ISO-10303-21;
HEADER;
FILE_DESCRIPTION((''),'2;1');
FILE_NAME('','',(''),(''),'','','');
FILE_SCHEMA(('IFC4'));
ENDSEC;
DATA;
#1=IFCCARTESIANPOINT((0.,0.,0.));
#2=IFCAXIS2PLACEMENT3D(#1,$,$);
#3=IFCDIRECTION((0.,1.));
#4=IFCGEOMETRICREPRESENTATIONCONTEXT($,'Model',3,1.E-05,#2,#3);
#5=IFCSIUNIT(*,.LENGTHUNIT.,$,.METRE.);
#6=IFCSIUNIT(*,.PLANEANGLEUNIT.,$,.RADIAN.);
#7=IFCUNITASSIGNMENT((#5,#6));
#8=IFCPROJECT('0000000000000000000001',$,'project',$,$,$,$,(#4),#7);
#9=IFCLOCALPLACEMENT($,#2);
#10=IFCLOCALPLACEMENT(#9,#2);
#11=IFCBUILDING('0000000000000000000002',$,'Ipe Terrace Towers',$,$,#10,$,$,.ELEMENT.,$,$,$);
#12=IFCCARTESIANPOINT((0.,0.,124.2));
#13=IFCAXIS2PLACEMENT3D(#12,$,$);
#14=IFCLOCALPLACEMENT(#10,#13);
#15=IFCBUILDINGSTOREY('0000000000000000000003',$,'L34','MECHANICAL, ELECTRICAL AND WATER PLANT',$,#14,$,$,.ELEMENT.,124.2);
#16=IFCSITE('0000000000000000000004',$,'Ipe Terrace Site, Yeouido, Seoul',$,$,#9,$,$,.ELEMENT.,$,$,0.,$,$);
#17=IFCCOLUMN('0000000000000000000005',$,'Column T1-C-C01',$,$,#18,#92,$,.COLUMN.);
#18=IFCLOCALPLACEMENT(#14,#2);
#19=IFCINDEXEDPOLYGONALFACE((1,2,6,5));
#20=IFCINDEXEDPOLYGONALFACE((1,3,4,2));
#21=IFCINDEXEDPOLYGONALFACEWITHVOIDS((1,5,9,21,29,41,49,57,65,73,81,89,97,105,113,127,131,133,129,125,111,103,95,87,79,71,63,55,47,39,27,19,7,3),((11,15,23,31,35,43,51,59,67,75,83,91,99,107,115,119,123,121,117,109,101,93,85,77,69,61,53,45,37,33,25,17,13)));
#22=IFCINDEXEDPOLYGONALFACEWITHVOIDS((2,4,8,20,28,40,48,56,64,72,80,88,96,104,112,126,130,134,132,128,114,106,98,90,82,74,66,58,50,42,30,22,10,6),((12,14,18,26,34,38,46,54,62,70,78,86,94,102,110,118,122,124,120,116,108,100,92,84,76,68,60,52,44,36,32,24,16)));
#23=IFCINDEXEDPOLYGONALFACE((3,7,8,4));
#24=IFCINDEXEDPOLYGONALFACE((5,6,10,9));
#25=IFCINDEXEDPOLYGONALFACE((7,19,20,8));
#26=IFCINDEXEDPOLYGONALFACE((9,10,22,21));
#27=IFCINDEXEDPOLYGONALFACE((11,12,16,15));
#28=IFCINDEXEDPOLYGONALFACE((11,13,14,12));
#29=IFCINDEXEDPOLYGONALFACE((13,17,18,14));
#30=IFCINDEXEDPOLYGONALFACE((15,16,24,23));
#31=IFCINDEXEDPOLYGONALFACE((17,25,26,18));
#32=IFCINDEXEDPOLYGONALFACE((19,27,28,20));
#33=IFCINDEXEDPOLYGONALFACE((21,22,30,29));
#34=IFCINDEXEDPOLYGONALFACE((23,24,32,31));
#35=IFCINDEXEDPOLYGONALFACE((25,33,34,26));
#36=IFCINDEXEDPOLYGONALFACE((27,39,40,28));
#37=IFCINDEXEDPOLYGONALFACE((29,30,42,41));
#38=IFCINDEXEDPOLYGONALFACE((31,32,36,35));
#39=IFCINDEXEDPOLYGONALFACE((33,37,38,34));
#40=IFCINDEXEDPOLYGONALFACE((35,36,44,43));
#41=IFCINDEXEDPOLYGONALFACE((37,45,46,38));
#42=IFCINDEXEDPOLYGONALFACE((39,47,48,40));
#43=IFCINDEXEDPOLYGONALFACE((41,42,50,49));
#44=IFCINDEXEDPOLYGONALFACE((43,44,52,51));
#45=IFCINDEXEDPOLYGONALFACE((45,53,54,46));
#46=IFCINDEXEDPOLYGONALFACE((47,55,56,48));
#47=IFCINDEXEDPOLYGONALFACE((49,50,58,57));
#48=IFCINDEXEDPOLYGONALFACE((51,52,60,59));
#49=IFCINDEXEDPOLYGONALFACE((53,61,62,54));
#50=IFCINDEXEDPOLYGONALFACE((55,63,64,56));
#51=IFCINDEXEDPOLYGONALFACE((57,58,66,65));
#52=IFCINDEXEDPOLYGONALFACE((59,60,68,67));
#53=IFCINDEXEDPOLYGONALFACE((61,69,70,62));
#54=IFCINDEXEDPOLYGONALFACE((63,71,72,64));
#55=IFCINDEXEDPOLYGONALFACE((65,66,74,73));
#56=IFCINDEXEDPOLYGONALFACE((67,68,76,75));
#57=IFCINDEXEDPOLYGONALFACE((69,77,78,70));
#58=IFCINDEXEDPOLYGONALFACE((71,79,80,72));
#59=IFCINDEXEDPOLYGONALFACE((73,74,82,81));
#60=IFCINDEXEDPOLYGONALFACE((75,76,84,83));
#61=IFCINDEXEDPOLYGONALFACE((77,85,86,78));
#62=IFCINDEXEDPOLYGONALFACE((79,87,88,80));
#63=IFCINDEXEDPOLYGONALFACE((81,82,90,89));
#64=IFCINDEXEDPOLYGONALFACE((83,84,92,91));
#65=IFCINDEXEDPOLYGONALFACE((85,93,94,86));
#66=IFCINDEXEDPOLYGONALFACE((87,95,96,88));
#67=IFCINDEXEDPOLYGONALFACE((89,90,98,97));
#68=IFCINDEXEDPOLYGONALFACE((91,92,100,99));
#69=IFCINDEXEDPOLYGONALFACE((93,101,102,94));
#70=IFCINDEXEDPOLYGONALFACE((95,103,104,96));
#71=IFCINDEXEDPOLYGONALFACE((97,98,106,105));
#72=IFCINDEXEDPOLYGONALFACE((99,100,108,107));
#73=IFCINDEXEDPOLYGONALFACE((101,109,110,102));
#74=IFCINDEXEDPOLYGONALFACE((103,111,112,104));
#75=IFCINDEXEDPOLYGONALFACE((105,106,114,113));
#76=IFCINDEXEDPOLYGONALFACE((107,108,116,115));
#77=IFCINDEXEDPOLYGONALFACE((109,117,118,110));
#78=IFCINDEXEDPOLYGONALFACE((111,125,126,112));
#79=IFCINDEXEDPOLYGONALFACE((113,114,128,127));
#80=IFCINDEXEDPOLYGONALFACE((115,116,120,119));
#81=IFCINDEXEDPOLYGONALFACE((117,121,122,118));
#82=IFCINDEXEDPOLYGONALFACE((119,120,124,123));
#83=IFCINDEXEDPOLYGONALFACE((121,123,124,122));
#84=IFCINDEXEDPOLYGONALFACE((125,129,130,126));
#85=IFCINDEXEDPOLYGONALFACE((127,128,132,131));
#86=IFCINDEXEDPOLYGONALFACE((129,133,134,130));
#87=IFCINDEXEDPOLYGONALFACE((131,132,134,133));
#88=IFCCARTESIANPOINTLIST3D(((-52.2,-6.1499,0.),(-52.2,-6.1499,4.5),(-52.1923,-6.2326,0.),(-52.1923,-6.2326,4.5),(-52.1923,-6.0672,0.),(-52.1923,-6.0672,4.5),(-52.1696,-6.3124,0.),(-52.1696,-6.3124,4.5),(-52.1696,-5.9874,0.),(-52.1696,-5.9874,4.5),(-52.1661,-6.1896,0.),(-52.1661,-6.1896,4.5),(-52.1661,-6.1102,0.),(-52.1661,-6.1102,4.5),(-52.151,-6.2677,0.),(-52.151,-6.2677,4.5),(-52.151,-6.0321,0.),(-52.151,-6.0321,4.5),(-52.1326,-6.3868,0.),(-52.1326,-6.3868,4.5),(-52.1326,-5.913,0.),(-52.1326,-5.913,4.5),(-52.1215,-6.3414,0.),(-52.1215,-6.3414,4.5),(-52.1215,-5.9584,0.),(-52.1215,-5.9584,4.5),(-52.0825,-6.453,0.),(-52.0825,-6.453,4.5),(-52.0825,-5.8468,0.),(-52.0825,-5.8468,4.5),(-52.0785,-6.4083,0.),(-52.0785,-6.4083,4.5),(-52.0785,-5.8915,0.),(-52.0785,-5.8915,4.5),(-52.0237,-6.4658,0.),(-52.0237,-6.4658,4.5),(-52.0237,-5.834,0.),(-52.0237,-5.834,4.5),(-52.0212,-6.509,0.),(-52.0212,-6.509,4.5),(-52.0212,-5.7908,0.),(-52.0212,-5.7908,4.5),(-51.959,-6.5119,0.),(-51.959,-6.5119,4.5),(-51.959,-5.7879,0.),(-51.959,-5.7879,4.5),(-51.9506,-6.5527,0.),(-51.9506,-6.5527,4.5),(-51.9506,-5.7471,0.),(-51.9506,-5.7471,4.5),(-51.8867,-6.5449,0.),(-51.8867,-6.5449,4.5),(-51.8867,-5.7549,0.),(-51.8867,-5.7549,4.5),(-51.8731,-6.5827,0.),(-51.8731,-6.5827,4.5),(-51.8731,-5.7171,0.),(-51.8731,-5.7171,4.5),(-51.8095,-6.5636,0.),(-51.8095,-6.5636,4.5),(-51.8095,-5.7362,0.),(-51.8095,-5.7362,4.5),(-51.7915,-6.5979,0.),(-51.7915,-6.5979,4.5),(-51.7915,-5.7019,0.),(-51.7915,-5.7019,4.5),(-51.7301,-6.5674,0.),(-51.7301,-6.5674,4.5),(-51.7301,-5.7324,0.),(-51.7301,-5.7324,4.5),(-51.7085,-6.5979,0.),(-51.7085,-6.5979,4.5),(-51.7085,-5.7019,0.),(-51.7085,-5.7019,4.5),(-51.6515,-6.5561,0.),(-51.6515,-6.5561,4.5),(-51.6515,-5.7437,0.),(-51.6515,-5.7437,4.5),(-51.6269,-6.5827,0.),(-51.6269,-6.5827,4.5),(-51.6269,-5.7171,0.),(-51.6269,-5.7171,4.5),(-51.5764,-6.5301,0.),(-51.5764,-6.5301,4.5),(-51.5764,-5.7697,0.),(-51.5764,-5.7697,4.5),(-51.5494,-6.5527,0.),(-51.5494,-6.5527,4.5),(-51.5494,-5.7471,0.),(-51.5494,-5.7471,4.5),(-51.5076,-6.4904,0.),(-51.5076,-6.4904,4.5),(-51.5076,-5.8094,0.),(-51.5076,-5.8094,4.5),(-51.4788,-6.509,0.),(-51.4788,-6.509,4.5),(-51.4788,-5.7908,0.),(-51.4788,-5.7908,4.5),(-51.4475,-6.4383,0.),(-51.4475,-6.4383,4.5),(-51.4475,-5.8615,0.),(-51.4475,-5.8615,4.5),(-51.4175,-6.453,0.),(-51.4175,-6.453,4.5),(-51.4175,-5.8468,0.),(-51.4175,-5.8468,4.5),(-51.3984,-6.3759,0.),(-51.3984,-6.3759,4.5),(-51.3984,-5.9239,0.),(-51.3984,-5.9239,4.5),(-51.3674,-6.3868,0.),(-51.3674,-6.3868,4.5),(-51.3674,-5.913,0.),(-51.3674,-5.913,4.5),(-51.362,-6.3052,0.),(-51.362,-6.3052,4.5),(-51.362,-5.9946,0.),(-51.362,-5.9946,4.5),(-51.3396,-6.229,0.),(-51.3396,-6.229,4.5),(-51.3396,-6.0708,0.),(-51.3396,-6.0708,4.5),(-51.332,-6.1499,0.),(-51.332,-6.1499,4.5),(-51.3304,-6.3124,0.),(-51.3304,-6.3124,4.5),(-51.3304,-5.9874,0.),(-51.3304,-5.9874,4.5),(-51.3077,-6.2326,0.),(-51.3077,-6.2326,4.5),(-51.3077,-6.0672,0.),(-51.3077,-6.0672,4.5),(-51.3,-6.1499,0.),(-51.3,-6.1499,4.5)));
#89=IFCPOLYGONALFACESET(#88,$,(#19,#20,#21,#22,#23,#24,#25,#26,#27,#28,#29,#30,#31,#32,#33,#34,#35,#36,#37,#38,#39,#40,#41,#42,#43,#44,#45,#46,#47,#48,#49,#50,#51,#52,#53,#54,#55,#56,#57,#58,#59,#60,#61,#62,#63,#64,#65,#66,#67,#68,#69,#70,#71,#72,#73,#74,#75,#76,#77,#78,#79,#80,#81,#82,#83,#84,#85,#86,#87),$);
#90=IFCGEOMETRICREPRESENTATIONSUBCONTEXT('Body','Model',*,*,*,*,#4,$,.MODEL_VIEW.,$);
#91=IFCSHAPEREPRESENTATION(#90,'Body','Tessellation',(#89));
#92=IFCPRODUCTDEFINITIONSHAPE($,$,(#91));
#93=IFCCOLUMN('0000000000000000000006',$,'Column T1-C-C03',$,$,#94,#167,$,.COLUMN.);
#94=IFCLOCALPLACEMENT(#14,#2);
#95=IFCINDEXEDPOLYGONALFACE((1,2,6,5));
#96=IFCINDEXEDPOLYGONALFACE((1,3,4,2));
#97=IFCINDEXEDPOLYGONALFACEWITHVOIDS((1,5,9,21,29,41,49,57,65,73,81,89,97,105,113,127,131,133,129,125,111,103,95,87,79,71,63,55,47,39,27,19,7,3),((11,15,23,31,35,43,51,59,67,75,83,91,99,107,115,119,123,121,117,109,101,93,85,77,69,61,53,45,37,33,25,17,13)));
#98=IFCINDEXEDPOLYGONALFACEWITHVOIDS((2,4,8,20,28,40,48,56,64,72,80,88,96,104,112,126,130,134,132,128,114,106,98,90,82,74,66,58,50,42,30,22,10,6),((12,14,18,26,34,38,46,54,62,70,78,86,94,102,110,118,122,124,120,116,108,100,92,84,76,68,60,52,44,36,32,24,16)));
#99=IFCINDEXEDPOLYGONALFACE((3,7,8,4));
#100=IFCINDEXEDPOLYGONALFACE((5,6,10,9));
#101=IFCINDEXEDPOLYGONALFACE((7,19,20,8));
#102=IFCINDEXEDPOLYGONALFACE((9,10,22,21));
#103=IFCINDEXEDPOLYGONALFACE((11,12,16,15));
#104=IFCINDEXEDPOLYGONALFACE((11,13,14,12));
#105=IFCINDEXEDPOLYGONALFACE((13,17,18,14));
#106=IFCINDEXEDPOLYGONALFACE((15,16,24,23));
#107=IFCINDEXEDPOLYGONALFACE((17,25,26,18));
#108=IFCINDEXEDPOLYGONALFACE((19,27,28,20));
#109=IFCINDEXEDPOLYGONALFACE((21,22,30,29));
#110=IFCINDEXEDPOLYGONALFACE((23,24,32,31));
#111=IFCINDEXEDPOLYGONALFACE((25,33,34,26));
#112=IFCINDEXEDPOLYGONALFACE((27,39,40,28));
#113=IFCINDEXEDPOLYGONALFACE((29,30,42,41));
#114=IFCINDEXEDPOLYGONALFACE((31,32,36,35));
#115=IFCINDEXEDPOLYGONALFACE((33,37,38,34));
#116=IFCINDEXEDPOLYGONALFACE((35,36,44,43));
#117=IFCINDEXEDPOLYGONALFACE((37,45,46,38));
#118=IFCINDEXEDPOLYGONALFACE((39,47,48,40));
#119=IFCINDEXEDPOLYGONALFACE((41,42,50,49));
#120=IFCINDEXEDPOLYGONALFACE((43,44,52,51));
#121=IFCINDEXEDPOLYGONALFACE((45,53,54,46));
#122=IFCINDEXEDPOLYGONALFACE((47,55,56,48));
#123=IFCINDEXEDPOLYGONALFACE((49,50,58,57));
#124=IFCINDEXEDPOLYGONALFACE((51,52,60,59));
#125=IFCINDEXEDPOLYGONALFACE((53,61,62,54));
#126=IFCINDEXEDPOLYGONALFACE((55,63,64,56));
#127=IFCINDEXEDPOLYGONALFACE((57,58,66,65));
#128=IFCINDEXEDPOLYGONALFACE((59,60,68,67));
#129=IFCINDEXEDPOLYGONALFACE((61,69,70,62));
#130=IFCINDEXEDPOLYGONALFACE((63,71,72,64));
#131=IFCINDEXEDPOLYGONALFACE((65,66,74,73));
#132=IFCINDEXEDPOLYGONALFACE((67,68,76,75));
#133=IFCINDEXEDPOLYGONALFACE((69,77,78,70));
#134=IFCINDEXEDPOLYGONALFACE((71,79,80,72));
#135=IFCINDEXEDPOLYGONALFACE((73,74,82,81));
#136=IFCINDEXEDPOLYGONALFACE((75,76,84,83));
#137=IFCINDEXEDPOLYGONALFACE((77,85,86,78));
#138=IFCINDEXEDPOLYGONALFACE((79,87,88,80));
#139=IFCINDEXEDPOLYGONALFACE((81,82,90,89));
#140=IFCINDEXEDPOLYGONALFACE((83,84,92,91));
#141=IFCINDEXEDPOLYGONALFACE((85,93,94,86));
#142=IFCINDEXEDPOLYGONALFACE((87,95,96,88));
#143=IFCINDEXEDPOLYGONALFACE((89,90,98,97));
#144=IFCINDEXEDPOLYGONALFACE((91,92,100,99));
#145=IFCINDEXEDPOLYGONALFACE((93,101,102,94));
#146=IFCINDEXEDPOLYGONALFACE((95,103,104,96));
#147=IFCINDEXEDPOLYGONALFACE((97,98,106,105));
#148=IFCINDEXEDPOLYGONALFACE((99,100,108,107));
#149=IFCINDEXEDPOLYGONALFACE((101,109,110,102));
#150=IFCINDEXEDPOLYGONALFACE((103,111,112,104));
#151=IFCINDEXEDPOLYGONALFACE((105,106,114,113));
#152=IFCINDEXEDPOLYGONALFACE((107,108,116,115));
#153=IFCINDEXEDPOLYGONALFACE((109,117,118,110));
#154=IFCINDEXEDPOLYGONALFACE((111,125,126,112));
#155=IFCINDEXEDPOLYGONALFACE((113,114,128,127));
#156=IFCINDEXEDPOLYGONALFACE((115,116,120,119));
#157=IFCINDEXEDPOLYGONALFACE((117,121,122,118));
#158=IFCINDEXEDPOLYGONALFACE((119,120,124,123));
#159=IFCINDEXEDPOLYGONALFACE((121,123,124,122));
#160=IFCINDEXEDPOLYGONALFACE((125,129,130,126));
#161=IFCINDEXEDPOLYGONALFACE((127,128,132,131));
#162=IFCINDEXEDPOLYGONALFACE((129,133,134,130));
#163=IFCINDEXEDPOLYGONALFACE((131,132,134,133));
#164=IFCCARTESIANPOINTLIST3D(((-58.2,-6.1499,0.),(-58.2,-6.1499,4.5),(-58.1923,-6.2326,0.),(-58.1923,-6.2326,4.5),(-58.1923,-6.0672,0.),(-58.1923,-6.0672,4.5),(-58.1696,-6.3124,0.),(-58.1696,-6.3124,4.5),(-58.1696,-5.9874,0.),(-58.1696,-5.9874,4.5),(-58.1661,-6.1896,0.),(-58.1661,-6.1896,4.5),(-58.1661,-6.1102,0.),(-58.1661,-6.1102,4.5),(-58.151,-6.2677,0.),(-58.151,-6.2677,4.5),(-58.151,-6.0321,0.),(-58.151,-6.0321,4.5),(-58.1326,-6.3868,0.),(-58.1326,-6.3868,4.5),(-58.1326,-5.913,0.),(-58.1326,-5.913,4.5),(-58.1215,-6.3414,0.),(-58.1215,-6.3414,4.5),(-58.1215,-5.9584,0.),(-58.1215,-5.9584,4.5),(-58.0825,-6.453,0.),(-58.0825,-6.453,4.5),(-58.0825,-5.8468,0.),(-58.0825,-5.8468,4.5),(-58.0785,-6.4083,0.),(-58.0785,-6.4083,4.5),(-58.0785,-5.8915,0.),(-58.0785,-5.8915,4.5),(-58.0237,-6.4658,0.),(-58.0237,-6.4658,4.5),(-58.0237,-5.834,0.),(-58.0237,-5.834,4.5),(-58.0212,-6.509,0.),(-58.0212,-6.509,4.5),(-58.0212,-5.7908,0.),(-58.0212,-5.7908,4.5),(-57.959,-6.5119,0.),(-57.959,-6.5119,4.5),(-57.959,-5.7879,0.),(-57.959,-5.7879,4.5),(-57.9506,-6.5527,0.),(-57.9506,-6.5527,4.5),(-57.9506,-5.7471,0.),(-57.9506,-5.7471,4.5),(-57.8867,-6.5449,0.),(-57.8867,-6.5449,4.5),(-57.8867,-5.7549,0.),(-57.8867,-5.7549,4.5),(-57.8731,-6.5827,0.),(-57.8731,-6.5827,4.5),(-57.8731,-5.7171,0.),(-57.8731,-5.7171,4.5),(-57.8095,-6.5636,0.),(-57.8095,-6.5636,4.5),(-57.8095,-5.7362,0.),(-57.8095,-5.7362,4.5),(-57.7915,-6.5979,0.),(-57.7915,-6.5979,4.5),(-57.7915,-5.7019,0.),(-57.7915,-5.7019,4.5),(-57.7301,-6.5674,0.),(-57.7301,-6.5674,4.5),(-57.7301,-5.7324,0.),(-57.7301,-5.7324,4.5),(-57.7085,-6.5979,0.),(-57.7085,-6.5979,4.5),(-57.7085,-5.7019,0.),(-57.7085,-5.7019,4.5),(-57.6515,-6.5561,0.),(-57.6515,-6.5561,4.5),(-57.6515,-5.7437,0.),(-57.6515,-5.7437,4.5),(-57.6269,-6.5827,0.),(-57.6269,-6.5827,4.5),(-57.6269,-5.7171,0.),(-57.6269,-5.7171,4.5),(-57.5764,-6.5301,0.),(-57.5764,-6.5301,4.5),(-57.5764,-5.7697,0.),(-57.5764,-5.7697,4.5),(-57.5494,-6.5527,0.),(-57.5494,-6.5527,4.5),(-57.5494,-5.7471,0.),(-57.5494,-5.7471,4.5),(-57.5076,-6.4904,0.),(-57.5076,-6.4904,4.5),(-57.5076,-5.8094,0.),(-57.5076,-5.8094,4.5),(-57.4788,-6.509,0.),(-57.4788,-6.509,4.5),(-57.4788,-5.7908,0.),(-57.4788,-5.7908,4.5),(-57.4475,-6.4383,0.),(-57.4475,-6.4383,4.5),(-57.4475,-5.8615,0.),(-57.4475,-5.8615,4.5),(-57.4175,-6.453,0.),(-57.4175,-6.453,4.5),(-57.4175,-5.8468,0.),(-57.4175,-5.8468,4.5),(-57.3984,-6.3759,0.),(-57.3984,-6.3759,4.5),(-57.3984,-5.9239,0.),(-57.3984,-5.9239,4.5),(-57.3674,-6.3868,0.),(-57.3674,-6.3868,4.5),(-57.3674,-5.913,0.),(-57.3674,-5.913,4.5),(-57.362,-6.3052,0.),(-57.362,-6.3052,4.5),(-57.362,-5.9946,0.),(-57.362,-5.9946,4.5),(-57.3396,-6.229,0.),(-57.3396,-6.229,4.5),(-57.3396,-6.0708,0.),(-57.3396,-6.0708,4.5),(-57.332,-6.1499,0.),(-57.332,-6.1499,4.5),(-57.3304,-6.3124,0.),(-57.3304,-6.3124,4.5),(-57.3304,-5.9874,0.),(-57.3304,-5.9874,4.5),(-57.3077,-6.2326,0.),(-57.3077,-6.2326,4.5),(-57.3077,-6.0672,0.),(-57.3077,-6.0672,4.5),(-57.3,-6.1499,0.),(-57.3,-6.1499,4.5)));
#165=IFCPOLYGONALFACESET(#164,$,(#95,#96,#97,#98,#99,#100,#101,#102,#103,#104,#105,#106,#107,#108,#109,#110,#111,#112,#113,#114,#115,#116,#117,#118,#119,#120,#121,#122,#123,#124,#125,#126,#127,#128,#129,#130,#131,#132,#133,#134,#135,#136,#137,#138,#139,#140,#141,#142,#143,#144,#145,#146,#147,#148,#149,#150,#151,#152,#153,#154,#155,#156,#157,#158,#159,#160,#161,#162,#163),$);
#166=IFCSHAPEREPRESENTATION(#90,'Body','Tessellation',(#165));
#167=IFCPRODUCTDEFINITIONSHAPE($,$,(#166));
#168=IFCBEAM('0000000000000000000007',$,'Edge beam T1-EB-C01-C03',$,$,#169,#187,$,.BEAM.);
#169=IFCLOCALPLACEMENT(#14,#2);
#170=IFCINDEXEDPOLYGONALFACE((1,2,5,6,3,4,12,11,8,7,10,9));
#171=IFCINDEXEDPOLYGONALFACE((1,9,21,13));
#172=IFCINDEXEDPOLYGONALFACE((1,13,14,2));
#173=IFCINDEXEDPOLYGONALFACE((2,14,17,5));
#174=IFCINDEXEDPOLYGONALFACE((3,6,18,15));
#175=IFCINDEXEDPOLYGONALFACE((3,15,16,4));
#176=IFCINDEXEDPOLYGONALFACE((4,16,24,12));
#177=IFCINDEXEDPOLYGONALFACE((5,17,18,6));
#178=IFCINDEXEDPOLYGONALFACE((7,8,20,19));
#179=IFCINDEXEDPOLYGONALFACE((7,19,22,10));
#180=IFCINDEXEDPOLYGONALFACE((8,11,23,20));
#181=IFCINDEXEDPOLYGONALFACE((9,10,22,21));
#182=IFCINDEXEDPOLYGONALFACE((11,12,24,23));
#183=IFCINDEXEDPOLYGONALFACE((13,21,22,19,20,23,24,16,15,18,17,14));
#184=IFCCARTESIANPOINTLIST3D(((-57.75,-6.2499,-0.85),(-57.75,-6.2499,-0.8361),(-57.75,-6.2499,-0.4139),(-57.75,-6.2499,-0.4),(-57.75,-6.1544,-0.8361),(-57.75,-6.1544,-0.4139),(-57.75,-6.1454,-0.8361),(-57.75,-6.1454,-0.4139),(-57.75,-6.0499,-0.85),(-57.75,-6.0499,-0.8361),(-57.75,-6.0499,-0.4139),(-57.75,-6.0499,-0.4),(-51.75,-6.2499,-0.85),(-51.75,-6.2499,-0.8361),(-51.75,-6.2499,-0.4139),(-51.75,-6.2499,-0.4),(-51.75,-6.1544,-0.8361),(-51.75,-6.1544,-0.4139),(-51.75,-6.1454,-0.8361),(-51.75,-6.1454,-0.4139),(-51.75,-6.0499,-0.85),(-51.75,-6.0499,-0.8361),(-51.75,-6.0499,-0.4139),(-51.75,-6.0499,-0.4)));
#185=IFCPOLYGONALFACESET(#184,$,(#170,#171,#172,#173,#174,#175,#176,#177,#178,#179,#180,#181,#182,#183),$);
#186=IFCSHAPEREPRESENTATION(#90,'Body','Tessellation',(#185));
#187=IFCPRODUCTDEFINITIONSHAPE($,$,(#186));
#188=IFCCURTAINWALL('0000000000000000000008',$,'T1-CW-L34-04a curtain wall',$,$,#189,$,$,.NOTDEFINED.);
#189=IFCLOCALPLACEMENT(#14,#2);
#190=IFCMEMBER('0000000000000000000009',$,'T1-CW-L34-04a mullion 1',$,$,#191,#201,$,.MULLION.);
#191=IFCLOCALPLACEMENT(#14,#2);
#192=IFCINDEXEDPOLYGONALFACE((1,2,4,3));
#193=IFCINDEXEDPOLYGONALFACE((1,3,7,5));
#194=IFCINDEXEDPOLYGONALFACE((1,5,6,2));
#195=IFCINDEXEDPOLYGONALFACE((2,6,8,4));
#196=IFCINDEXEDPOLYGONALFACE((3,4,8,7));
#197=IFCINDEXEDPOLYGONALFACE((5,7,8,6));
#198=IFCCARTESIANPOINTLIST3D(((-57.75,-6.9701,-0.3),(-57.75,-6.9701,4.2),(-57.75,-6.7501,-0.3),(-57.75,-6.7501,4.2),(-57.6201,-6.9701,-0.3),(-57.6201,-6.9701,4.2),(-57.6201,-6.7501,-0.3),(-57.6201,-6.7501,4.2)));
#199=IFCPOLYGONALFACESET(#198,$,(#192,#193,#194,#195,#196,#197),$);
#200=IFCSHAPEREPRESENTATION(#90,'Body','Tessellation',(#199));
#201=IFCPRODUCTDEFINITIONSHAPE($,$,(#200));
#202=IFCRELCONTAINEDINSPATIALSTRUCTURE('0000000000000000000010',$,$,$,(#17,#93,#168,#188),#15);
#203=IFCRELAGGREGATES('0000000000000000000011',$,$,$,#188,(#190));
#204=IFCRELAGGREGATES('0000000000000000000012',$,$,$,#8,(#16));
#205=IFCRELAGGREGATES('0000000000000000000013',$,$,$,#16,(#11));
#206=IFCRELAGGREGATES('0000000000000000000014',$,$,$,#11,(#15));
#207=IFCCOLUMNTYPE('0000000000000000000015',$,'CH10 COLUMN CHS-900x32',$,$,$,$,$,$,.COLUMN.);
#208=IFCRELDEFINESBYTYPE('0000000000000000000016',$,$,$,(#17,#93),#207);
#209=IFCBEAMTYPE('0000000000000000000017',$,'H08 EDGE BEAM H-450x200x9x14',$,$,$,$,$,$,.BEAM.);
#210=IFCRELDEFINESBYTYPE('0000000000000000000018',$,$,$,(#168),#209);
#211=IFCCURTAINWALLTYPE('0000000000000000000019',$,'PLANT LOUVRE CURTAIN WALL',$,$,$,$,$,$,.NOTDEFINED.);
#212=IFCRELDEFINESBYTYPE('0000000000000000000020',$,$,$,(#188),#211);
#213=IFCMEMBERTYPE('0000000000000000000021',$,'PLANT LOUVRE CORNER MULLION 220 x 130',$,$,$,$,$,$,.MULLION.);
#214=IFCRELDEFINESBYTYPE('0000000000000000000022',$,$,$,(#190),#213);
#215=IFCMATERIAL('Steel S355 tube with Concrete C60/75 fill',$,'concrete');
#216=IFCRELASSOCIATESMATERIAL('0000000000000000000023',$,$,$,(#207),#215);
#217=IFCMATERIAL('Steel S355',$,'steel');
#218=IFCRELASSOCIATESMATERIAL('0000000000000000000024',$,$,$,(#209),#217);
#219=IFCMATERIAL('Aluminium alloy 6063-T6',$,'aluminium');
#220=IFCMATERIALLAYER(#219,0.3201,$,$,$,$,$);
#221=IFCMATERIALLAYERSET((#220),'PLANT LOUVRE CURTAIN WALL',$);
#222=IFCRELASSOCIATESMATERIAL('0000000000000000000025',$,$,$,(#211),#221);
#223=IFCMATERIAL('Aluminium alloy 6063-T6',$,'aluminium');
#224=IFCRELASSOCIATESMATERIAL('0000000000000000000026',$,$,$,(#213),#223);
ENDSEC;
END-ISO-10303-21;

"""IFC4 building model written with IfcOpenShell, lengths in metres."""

from ifc_helpers import new_model, si_unit, direction, frame, origin, origin_2d, place, context, subcontext, project, spatial, rectangle, hollow_circle, i_section, extrude, material, layer, layer_set, material_profile, profile_set, type_object, element, aggregate, save


model = new_model("IFC4")

# Units and contexts
model_context = context("Model", 3, precision=1e-05, world=origin(), true_north=direction((0.0, 1.0)))
body_context = subcontext(model_context, "Body", "Model", "MODEL_VIEW")
ifc_project = project(units=[si_unit("LENGTHUNIT", "METRE"), si_unit("PLANEANGLEUNIT", "RADIAN")], contexts=[model_context])

# Site, building, storey
site_placement = place(None, origin())
site = spatial("IfcSite", under=ifc_project, at=site_placement, Name="Ipe Terrace Site, Yeouido, Seoul", CompositionType="ELEMENT", RefElevation=0.0)
building_placement = place(site_placement, origin())
building = spatial("IfcBuilding", under=site, at=building_placement, Name="Ipe Terrace Towers", CompositionType="ELEMENT")
storey_placement = place(building_placement, frame((0.0, 0.0, 124.2)))
storey = spatial("IfcBuildingStorey", under=building, at=storey_placement, Name="L34", Description="MECHANICAL, ELECTRICAL AND WATER PLANT", CompositionType="ELEMENT", Elevation=124.2)

# Columns
ifc_material_1 = material(Name="Steel S355 tube with Concrete C60/75 fill", Category="concrete")
ifc_material_profile_1 = material_profile(ifc_material_1, hollow_circle(Radius=0.45, WallThickness=0.032, at=origin_2d()), Name="CHS-900x32")
ifc_profile_set_1 = profile_set([ifc_material_profile_1], Name="Steel S355 tube with Concrete C60/75 fill")
column_type = type_object("IfcColumnType", Name="CH10 COLUMN CHS-900x32", PredefinedType="COLUMN", material=ifc_profile_set_1)
for number, where, z_axis, x_axis, name in (
    (1, (-51.75, -6.1499, 0.0), (0.0, 0.0, 1.0), (1.0, 0.0, 0.0), "Column T1-C-C01"),
    (2, (-57.75, -6.1499, 0.0), (0.0, 0.0, 1.0), (1.0, 0.0, 0.0), "Column T1-C-C03"),
):
    element("IfcColumn", number, at=place(storey_placement, frame(where, z_axis=z_axis, x_axis=x_axis)), inside=storey, type_object=column_type, Name=name, PredefinedType="COLUMN", context=body_context, shape_type="SweptSolid", body=[
        extrude(hollow_circle(Radius=0.45, WallThickness=0.032, at=origin_2d()), origin(), (0.0, 0.0, 1.0), 4.5),
    ])

# Beam
ifc_material_2 = material(Name="Steel S355", Category="steel")
ifc_material_profile_2 = material_profile(ifc_material_2, i_section(OverallWidth=0.2, OverallDepth=0.45, WebThickness=0.009, FlangeThickness=0.0139, at=origin_2d()), Name="H-450x200x9x14")
ifc_profile_set_2 = profile_set([ifc_material_profile_2], Name="Steel S355")
beam_type = type_object("IfcBeamType", Name="H08 EDGE BEAM H-450x200x9x14", PredefinedType="BEAM", material=ifc_profile_set_2)
beam_placement = place(storey_placement, frame((-51.75, -6.1499, -0.625), z_axis=(-1.0, 0.0, 0.0), x_axis=(0.0, -1.0, 0.0)))
element("IfcBeam", 3, at=beam_placement, inside=storey, type_object=beam_type, Name="Edge beam T1-EB-C01-C03", PredefinedType="BEAM", context=body_context, shape_type="SweptSolid", body=[
    extrude(i_section(OverallWidth=0.2, OverallDepth=0.45, WebThickness=0.009, FlangeThickness=0.0139, at=origin_2d()), origin(), (0.0, 0.0, 1.0), 6.0),
])

# Curtain wall, member
ifc_material_3 = material(Name="Aluminium alloy 6063-T6", Category="aluminium")
ifc_layer_1 = layer(ifc_material_3, 0.3201)
ifc_layer_set_1 = layer_set([ifc_layer_1], Name="PLANT LOUVRE CURTAIN WALL")
curtain_wall_type = type_object("IfcCurtainWallType", Name="PLANT LOUVRE CURTAIN WALL", PredefinedType="NOTDEFINED", material=ifc_layer_set_1)
curtain_wall_1_placement = place(storey_placement, origin())
curtain_wall_1 = element("IfcCurtainWall", 4, at=curtain_wall_1_placement, inside=storey, type_object=curtain_wall_type, Name="T1-CW-L34-04a curtain wall", PredefinedType="NOTDEFINED")
ifc_material_4 = material(Name="Aluminium alloy 6063-T6", Category="aluminium")
ifc_material_profile_3 = material_profile(ifc_material_4, rectangle(XDim=0.22, YDim=0.1299, at=origin_2d()), Name="PLANT LOUVRE CORNER MULLION 220 x 130")
ifc_profile_set_3 = profile_set([ifc_material_profile_3], Name="Aluminium alloy 6063-T6")
member_type_1 = type_object("IfcMemberType", Name="PLANT LOUVRE CORNER MULLION 220 x 130", PredefinedType="MULLION", material=ifc_profile_set_3)
member_1_placement = place(storey_placement, frame((-57.6851, -6.8601, -0.3), z_axis=(0.0, 0.0, 1.0), x_axis=(0.0, -1.0, 0.0)))
member_1 = element("IfcMember", 5, at=member_1_placement, type_object=member_type_1, Name="T1-CW-L34-04a mullion 1", PredefinedType="MULLION", context=body_context, shape_type="SweptSolid", body=[
    extrude(rectangle(XDim=0.22, YDim=0.1299, at=origin_2d()), origin(), (0.0, 0.0, 1.0), 4.5),
])

aggregate(curtain_wall_1, [member_1])

save(model, "model.ifc")
